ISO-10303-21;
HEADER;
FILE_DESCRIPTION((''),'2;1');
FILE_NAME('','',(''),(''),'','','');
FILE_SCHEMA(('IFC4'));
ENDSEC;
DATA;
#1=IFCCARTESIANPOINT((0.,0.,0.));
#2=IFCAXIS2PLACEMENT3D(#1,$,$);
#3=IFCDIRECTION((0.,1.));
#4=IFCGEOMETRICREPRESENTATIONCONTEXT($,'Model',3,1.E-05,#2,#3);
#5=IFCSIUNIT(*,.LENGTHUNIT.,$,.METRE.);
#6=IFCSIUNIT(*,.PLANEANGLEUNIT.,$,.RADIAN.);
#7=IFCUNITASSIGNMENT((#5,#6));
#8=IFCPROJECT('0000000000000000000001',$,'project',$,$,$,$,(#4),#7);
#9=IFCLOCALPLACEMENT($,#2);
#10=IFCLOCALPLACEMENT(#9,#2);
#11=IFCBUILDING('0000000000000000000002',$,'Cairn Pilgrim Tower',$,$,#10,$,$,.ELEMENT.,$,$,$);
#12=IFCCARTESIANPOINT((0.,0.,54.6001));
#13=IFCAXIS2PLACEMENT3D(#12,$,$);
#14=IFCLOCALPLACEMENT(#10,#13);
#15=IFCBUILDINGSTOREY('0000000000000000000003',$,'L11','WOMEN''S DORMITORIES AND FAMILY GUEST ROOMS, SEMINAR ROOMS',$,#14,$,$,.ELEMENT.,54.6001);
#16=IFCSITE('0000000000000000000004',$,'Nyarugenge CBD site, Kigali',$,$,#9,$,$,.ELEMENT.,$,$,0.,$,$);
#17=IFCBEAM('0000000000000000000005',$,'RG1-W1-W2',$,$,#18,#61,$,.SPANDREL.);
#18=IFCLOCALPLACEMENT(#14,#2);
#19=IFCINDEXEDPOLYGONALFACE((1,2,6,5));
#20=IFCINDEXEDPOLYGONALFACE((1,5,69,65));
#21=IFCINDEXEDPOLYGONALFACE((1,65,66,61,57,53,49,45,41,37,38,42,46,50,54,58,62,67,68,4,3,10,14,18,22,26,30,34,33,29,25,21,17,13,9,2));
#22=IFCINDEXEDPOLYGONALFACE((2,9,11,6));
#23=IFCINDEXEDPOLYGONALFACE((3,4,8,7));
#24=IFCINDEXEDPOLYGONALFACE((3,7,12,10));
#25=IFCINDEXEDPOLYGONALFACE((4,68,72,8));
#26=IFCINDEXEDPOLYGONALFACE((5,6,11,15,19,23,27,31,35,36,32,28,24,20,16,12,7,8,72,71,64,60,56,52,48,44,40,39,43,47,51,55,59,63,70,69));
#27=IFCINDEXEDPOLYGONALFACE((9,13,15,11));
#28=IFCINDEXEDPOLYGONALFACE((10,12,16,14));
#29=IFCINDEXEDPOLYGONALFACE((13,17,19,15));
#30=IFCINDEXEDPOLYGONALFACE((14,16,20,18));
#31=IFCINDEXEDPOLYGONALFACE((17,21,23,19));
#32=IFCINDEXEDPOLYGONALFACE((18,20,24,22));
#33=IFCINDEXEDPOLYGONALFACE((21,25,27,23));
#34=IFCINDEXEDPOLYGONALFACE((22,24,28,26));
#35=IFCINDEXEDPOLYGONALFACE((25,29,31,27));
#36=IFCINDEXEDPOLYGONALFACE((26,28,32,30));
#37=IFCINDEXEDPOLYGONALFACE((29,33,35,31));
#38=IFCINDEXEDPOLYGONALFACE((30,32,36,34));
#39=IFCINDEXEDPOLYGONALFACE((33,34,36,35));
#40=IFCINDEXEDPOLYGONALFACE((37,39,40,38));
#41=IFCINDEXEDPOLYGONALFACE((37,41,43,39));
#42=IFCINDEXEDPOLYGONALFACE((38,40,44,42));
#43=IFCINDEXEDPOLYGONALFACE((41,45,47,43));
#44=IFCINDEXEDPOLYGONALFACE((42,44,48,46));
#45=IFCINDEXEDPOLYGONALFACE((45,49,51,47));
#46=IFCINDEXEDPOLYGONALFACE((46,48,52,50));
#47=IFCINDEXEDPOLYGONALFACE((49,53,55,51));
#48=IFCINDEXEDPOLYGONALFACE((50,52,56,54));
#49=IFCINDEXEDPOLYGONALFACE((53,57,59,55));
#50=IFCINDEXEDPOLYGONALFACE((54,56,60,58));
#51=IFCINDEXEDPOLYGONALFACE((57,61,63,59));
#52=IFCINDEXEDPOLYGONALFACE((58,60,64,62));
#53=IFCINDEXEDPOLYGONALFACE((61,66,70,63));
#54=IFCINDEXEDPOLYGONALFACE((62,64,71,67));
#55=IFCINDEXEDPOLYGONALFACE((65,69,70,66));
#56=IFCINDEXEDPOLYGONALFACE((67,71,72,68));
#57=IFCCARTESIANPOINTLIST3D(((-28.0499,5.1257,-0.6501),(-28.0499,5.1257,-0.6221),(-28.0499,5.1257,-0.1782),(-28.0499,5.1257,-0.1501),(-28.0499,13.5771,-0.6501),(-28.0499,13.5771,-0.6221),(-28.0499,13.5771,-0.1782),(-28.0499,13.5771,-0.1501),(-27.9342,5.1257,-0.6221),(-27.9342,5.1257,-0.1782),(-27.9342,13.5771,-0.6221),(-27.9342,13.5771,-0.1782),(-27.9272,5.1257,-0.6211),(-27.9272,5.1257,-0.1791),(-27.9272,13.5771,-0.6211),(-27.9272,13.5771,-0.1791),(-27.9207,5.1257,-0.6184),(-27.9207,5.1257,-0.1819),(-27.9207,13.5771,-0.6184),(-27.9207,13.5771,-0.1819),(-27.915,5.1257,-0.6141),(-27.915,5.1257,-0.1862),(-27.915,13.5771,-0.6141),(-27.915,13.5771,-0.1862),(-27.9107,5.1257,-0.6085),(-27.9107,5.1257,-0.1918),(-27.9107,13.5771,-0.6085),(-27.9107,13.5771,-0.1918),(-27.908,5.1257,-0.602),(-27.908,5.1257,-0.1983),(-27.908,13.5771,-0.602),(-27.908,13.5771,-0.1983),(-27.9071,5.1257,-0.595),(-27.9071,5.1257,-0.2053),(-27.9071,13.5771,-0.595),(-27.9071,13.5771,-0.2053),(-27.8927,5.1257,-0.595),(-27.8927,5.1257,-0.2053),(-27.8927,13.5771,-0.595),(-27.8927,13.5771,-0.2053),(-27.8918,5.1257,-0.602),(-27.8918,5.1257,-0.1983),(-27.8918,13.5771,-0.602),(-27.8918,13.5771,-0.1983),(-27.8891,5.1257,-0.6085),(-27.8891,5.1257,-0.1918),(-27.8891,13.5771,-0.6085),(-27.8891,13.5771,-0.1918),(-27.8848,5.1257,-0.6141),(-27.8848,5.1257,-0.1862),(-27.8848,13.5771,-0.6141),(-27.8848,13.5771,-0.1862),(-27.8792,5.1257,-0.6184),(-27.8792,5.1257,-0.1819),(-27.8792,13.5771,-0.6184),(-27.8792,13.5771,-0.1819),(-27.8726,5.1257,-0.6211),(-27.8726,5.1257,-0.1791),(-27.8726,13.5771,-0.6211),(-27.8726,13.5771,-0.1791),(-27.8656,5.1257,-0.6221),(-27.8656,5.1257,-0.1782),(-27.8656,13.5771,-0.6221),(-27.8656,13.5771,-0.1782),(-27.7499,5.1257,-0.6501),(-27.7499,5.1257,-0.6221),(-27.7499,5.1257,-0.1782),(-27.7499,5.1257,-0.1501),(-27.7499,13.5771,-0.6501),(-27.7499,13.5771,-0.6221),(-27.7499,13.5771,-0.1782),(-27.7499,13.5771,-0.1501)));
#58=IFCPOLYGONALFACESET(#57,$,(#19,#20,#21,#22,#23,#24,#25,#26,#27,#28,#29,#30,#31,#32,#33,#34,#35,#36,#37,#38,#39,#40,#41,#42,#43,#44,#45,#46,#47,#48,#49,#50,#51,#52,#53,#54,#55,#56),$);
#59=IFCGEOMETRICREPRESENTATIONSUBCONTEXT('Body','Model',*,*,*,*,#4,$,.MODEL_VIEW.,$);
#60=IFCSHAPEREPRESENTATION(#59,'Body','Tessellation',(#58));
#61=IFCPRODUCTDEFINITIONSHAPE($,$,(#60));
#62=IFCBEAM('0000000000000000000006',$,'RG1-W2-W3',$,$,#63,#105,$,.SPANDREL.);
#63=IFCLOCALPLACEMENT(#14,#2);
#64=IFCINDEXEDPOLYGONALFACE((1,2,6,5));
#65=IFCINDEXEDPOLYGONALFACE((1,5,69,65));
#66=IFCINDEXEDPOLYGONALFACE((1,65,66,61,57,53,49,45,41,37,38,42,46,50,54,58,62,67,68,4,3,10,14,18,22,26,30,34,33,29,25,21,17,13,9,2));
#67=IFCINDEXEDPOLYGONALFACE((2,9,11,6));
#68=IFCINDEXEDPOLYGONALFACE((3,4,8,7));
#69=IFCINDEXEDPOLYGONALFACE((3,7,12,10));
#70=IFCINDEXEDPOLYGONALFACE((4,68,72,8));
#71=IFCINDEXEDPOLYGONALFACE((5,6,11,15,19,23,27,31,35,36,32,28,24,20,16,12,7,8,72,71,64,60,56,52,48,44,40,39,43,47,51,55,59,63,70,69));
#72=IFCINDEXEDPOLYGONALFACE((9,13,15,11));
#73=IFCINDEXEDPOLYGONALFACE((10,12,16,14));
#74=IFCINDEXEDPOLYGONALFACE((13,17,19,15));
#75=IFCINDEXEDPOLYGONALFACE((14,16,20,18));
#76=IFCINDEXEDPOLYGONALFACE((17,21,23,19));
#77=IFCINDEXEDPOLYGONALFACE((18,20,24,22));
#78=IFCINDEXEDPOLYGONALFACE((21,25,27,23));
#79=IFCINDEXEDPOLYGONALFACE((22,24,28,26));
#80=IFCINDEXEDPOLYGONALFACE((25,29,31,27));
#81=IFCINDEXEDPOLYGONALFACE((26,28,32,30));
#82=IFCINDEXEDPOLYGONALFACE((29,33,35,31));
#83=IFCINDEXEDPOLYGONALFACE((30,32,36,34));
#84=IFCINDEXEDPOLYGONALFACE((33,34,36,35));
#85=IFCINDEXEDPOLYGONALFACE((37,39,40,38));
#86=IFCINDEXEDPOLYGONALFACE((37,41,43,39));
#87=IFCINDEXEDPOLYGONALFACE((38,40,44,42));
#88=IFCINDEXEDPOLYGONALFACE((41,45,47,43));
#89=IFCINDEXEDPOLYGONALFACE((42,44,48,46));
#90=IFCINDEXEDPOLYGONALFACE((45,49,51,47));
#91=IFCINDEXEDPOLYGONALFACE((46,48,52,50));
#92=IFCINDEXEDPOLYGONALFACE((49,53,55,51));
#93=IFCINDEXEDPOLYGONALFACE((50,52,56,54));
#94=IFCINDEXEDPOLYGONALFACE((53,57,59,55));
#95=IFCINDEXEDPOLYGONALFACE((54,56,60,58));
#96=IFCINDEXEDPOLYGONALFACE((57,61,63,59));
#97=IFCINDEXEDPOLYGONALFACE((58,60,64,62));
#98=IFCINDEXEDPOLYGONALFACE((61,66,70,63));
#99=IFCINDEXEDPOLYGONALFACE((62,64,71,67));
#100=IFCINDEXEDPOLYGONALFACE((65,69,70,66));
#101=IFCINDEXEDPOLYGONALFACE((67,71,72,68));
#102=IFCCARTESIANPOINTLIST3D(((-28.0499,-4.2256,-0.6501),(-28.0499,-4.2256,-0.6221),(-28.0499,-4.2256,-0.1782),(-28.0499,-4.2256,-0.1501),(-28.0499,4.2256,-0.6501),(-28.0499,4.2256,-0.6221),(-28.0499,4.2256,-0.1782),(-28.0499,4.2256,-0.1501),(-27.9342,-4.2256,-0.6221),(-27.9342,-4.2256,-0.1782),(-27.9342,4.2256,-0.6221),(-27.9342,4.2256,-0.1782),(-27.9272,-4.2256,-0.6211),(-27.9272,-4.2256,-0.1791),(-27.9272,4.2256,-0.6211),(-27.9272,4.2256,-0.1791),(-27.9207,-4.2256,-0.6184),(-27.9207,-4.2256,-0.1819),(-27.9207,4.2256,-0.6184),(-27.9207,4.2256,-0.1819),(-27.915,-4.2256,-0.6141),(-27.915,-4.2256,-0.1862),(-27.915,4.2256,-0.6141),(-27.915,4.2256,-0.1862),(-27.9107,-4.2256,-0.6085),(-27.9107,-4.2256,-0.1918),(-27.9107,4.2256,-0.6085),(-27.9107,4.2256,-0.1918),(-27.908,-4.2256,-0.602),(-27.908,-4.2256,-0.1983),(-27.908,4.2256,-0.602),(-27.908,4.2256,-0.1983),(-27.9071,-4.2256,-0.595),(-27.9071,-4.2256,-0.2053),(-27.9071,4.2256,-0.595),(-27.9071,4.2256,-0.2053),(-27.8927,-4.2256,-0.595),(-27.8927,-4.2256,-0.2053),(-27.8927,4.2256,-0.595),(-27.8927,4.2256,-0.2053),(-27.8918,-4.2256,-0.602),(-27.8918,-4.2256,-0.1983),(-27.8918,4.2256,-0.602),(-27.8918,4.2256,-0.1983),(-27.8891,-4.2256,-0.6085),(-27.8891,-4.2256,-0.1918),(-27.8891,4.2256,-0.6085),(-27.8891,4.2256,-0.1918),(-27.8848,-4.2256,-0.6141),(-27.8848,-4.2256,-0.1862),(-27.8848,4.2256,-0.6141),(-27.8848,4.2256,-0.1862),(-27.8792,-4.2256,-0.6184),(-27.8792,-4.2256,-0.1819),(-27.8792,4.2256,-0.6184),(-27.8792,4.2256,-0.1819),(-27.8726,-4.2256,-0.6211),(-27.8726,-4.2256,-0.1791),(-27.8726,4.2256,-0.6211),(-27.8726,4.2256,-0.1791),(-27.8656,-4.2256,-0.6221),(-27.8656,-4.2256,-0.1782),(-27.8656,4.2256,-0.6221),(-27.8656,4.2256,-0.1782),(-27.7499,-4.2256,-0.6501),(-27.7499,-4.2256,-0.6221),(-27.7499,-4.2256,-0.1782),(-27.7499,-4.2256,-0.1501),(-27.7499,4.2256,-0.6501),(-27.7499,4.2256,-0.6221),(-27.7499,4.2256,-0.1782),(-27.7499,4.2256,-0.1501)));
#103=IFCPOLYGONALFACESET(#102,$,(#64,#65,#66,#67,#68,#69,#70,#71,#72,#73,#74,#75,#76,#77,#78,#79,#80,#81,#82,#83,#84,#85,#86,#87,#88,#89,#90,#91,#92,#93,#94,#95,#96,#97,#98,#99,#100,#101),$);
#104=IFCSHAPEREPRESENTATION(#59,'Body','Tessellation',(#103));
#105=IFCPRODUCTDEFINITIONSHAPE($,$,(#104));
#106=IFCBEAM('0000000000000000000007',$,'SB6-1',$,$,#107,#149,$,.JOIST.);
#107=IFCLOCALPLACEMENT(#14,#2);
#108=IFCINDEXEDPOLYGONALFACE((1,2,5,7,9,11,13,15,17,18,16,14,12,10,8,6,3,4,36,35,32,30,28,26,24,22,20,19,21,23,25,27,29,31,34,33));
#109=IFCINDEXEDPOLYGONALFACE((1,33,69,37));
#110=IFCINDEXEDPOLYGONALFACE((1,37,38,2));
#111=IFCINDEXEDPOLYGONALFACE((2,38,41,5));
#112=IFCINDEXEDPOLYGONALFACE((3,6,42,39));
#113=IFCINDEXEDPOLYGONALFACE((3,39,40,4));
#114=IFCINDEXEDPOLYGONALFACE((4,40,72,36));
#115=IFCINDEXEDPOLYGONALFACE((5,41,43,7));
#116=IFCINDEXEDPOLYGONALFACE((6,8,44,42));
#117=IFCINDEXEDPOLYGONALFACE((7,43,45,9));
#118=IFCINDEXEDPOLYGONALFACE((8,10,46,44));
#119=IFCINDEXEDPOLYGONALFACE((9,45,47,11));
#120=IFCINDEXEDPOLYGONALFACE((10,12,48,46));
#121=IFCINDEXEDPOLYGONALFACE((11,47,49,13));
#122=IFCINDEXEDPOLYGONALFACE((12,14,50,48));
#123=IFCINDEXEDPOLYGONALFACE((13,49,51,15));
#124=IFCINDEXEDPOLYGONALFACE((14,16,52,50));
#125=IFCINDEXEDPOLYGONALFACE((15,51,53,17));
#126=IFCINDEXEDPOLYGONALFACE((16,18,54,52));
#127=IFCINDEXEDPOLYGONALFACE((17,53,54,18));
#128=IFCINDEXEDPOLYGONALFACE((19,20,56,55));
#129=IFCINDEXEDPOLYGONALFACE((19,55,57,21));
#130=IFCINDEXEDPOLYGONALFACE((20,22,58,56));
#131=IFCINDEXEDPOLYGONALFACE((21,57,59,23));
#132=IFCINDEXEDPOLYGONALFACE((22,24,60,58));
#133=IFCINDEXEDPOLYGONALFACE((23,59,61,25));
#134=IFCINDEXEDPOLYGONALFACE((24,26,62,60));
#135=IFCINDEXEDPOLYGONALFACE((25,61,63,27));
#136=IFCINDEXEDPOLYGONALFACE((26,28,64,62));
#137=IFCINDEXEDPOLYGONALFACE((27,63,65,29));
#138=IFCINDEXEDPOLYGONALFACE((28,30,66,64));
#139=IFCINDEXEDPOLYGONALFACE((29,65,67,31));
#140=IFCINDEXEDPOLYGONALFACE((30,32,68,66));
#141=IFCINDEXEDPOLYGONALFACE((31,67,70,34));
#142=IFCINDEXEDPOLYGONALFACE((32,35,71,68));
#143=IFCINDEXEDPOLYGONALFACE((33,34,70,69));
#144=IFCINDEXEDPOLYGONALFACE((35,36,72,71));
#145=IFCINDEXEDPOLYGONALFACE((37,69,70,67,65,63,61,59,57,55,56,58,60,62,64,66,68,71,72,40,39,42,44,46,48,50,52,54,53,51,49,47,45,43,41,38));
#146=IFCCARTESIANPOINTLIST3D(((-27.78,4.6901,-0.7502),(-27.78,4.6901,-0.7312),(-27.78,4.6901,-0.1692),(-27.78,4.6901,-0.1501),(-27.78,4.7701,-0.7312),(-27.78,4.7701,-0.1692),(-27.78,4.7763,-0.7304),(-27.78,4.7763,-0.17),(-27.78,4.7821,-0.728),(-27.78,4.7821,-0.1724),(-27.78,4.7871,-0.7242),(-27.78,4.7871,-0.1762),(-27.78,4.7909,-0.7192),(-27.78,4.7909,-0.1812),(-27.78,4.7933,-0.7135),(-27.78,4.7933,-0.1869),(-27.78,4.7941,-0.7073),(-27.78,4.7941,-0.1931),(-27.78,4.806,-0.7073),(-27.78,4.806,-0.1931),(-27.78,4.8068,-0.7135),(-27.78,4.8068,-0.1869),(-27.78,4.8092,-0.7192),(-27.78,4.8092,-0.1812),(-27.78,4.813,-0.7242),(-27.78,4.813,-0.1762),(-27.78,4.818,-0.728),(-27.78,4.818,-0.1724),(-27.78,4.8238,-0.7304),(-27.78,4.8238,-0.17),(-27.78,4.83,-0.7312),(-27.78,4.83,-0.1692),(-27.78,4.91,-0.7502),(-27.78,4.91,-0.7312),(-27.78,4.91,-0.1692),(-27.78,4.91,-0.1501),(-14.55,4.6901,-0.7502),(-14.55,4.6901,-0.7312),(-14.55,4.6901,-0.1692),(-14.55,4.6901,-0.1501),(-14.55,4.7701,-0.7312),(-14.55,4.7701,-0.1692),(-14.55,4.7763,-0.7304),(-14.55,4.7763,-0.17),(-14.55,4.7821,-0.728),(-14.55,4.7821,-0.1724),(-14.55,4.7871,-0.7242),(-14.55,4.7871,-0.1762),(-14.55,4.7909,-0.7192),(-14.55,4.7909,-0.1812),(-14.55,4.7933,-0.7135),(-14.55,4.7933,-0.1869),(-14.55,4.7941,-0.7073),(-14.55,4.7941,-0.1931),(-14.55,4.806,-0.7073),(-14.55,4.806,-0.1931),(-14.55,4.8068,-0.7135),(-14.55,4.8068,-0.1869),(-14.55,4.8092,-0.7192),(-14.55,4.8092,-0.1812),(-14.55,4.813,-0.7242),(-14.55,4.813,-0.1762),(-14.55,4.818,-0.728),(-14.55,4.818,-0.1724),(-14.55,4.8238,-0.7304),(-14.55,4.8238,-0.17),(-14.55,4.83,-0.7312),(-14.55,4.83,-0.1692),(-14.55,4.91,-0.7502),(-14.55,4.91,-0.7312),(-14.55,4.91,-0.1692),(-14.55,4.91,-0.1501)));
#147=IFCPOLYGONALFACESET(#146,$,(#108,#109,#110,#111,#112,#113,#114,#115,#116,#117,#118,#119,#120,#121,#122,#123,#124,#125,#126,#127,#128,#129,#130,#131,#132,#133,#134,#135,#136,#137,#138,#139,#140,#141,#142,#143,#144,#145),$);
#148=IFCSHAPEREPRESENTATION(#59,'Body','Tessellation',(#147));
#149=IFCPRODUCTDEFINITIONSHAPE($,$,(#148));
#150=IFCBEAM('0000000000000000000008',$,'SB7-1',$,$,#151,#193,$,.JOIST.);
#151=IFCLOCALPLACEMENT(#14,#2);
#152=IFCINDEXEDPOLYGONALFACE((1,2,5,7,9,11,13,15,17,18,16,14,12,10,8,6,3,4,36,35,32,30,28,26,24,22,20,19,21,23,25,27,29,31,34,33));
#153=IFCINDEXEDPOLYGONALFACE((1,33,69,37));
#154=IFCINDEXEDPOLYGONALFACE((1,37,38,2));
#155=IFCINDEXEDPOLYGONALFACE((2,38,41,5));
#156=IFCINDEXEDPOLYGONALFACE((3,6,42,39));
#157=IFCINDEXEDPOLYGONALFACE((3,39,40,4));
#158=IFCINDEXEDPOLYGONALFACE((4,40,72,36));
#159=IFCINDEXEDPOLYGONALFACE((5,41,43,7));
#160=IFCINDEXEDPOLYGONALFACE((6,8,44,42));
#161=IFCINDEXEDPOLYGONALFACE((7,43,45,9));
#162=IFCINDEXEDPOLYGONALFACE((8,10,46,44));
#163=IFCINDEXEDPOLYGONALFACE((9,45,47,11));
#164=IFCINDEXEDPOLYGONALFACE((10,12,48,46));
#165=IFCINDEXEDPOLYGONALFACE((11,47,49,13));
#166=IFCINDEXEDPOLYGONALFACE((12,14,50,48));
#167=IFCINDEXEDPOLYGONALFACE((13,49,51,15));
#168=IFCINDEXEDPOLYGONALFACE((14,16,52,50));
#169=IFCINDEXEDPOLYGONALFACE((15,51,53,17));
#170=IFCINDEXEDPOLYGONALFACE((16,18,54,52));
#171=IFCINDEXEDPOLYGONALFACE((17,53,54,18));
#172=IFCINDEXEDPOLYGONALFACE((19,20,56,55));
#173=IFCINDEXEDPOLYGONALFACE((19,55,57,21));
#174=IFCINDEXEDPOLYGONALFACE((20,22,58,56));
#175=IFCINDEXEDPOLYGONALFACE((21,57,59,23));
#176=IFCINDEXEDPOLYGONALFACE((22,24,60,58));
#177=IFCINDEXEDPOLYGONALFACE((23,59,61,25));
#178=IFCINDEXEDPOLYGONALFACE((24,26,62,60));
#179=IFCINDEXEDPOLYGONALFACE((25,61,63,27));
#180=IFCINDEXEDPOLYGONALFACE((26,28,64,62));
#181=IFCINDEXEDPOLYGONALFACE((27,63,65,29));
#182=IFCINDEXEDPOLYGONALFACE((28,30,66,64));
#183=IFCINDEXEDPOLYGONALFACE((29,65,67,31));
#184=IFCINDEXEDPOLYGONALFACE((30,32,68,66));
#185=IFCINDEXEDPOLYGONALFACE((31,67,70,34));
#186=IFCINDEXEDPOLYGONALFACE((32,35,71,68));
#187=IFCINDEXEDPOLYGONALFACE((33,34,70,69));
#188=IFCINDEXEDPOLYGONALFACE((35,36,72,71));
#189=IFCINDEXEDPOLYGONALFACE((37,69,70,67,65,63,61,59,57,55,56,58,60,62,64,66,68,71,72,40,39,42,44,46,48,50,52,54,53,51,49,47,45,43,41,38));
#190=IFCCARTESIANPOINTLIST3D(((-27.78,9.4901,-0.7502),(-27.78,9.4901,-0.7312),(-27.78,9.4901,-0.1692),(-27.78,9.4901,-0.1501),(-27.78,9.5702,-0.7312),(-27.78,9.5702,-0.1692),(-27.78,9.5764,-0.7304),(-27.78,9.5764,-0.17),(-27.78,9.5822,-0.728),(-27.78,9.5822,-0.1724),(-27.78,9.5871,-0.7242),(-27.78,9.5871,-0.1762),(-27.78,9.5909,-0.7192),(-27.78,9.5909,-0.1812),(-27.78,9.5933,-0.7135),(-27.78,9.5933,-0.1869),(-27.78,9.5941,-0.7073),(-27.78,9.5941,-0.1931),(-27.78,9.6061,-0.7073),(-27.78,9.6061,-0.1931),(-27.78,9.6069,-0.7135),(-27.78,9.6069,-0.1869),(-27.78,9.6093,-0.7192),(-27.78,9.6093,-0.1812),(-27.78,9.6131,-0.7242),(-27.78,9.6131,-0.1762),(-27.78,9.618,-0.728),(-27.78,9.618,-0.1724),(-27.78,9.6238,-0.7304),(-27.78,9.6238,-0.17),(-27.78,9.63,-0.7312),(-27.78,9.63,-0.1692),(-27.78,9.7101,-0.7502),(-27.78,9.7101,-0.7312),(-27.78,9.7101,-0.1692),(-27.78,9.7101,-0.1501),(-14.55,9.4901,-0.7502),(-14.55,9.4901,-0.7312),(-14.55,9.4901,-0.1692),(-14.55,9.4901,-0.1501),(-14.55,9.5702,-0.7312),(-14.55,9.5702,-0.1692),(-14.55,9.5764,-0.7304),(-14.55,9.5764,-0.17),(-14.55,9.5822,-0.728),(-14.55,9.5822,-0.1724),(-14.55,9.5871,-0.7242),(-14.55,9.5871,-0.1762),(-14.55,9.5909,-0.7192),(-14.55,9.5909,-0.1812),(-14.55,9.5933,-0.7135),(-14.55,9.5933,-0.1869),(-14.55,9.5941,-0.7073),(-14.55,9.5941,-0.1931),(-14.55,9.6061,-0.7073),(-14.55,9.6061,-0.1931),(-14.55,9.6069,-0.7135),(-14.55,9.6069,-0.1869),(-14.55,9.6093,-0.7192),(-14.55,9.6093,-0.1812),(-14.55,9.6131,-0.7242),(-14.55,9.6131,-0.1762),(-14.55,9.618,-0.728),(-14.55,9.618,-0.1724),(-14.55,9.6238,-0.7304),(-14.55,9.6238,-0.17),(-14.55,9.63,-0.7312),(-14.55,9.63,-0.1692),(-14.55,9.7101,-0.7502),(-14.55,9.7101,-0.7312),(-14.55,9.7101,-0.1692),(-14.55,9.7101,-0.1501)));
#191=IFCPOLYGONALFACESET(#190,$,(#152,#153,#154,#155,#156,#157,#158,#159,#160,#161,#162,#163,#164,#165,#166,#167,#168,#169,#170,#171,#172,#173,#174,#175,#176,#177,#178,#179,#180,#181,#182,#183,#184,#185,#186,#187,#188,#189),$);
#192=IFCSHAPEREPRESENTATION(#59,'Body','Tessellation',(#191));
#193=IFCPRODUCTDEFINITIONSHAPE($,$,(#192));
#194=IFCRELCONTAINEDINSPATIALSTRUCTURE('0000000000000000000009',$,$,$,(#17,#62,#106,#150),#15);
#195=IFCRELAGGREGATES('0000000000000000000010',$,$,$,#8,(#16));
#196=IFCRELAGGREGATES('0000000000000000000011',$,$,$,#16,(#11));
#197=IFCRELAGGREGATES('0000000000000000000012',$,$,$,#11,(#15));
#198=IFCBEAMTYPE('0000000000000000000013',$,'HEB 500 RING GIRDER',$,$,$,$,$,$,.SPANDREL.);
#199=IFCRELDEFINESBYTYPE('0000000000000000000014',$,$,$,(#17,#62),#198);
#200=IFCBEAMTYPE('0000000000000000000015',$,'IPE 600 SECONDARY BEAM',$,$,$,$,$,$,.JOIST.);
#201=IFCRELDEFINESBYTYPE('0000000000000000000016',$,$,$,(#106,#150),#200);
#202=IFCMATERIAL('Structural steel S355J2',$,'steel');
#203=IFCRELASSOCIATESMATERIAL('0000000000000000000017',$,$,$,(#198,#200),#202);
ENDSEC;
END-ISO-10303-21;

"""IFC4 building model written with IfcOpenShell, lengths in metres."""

from ifc_helpers import new_model, si_unit, direction, frame, origin, origin_2d, place, context, subcontext, project, spatial, i_section, extrude, material, material_profile, profile_set, type_object, element, save


model = new_model("IFC4")

# Units and contexts
model_context = context("Model", 3, precision=1e-05, world=origin(), true_north=direction((0.0, 1.0)))
body_context = subcontext(model_context, "Body", "Model", "MODEL_VIEW")
ifc_project = project(units=[si_unit("LENGTHUNIT", "METRE"), si_unit("PLANEANGLEUNIT", "RADIAN")], contexts=[model_context])

# Site, building, storey
site_placement = place(None, origin())
site = spatial("IfcSite", under=ifc_project, at=site_placement, Name="Nyarugenge CBD site, Kigali", CompositionType="ELEMENT", RefElevation=0.0)
building_placement = place(site_placement, origin())
building = spatial("IfcBuilding", under=site, at=building_placement, Name="Cairn Pilgrim Tower", CompositionType="ELEMENT")
storey_placement = place(building_placement, frame((0.0, 0.0, 54.6001)))
storey = spatial("IfcBuildingStorey", under=building, at=storey_placement, Name="L11", Description="WOMEN'S DORMITORIES AND FAMILY GUEST ROOMS, SEMINAR ROOMS", CompositionType="ELEMENT", Elevation=54.6001)

# Beams
ifc_material_1 = material(Name="Structural steel S355J2", Category="steel")
ifc_material_profile_1 = material_profile(ifc_material_1, i_section(OverallWidth=0.3, OverallDepth=0.5, WebThickness=0.0144, FlangeThickness=0.0281, FilletRadius=0.0271, at=origin_2d()), Name="HEB 500")
ifc_profile_set_1 = profile_set([ifc_material_profile_1], Name="Structural steel S355J2")
beam_type_1 = type_object("IfcBeamType", Name="HEB 500 RING GIRDER", PredefinedType="SPANDREL", material=ifc_profile_set_1)
beam_1_placement = place(storey_placement, frame((-27.8999, 13.5771, -0.4001), z_axis=(0.0, -1.0, 0.0), x_axis=(1.0, 0.0, 0.0)))
element("IfcBeam", 1, at=beam_1_placement, inside=storey, type_object=beam_type_1, Name="RG1-W1-W2", PredefinedType="SPANDREL", context=body_context, shape_type="SweptSolid", body=[
    extrude(i_section(OverallWidth=0.3, OverallDepth=0.5, WebThickness=0.0144, FlangeThickness=0.0281, FilletRadius=0.0271, at=origin_2d()), origin(), (0.0, 0.0, 1.0), 8.4514),
])
beam_2_placement = place(storey_placement, frame((-27.8999, 4.2256, -0.4001), z_axis=(0.0, -1.0, 0.0), x_axis=(1.0, 0.0, 0.0)))
element("IfcBeam", 2, at=beam_2_placement, inside=storey, type_object=beam_type_1, Name="RG1-W2-W3", PredefinedType="SPANDREL", context=body_context, shape_type="SweptSolid", body=[
    extrude(i_section(OverallWidth=0.3, OverallDepth=0.5, WebThickness=0.0144, FlangeThickness=0.0281, FilletRadius=0.0271, at=origin_2d()), origin(), (0.0, 0.0, 1.0), 8.4512),
])
ifc_material_profile_2 = material_profile(ifc_material_1, i_section(OverallWidth=0.22, OverallDepth=0.6001, WebThickness=0.012, FlangeThickness=0.019, FilletRadius=0.0239, at=origin_2d()), Name="IPE 600")
ifc_profile_set_2 = profile_set([ifc_material_profile_2], Name="Structural steel S355J2")
beam_type_2 = type_object("IfcBeamType", Name="IPE 600 SECONDARY BEAM", PredefinedType="JOIST", material=ifc_profile_set_2)
for number, where, z_axis, x_axis, name in (
    (3, (-27.78, 4.8, -0.4502), (1.0, 0.0, 0.0), (0.0, 1.0, 0.0), "SB6-1"),
    (4, (-27.78, 9.6001, -0.4502), (1.0, 0.0, 0.0), (0.0, 1.0, 0.0), "SB7-1"),
):
    element("IfcBeam", number, at=place(storey_placement, frame(where, z_axis=z_axis, x_axis=x_axis)), inside=storey, type_object=beam_type_2, Name=name, PredefinedType="JOIST", context=body_context, shape_type="SweptSolid", body=[
        extrude(i_section(OverallWidth=0.22, OverallDepth=0.6001, WebThickness=0.012, FlangeThickness=0.019, FilletRadius=0.0239, at=origin_2d()), origin(), (0.0, 0.0, 1.0), 13.23),
    ])

save(model, "model.ifc")
